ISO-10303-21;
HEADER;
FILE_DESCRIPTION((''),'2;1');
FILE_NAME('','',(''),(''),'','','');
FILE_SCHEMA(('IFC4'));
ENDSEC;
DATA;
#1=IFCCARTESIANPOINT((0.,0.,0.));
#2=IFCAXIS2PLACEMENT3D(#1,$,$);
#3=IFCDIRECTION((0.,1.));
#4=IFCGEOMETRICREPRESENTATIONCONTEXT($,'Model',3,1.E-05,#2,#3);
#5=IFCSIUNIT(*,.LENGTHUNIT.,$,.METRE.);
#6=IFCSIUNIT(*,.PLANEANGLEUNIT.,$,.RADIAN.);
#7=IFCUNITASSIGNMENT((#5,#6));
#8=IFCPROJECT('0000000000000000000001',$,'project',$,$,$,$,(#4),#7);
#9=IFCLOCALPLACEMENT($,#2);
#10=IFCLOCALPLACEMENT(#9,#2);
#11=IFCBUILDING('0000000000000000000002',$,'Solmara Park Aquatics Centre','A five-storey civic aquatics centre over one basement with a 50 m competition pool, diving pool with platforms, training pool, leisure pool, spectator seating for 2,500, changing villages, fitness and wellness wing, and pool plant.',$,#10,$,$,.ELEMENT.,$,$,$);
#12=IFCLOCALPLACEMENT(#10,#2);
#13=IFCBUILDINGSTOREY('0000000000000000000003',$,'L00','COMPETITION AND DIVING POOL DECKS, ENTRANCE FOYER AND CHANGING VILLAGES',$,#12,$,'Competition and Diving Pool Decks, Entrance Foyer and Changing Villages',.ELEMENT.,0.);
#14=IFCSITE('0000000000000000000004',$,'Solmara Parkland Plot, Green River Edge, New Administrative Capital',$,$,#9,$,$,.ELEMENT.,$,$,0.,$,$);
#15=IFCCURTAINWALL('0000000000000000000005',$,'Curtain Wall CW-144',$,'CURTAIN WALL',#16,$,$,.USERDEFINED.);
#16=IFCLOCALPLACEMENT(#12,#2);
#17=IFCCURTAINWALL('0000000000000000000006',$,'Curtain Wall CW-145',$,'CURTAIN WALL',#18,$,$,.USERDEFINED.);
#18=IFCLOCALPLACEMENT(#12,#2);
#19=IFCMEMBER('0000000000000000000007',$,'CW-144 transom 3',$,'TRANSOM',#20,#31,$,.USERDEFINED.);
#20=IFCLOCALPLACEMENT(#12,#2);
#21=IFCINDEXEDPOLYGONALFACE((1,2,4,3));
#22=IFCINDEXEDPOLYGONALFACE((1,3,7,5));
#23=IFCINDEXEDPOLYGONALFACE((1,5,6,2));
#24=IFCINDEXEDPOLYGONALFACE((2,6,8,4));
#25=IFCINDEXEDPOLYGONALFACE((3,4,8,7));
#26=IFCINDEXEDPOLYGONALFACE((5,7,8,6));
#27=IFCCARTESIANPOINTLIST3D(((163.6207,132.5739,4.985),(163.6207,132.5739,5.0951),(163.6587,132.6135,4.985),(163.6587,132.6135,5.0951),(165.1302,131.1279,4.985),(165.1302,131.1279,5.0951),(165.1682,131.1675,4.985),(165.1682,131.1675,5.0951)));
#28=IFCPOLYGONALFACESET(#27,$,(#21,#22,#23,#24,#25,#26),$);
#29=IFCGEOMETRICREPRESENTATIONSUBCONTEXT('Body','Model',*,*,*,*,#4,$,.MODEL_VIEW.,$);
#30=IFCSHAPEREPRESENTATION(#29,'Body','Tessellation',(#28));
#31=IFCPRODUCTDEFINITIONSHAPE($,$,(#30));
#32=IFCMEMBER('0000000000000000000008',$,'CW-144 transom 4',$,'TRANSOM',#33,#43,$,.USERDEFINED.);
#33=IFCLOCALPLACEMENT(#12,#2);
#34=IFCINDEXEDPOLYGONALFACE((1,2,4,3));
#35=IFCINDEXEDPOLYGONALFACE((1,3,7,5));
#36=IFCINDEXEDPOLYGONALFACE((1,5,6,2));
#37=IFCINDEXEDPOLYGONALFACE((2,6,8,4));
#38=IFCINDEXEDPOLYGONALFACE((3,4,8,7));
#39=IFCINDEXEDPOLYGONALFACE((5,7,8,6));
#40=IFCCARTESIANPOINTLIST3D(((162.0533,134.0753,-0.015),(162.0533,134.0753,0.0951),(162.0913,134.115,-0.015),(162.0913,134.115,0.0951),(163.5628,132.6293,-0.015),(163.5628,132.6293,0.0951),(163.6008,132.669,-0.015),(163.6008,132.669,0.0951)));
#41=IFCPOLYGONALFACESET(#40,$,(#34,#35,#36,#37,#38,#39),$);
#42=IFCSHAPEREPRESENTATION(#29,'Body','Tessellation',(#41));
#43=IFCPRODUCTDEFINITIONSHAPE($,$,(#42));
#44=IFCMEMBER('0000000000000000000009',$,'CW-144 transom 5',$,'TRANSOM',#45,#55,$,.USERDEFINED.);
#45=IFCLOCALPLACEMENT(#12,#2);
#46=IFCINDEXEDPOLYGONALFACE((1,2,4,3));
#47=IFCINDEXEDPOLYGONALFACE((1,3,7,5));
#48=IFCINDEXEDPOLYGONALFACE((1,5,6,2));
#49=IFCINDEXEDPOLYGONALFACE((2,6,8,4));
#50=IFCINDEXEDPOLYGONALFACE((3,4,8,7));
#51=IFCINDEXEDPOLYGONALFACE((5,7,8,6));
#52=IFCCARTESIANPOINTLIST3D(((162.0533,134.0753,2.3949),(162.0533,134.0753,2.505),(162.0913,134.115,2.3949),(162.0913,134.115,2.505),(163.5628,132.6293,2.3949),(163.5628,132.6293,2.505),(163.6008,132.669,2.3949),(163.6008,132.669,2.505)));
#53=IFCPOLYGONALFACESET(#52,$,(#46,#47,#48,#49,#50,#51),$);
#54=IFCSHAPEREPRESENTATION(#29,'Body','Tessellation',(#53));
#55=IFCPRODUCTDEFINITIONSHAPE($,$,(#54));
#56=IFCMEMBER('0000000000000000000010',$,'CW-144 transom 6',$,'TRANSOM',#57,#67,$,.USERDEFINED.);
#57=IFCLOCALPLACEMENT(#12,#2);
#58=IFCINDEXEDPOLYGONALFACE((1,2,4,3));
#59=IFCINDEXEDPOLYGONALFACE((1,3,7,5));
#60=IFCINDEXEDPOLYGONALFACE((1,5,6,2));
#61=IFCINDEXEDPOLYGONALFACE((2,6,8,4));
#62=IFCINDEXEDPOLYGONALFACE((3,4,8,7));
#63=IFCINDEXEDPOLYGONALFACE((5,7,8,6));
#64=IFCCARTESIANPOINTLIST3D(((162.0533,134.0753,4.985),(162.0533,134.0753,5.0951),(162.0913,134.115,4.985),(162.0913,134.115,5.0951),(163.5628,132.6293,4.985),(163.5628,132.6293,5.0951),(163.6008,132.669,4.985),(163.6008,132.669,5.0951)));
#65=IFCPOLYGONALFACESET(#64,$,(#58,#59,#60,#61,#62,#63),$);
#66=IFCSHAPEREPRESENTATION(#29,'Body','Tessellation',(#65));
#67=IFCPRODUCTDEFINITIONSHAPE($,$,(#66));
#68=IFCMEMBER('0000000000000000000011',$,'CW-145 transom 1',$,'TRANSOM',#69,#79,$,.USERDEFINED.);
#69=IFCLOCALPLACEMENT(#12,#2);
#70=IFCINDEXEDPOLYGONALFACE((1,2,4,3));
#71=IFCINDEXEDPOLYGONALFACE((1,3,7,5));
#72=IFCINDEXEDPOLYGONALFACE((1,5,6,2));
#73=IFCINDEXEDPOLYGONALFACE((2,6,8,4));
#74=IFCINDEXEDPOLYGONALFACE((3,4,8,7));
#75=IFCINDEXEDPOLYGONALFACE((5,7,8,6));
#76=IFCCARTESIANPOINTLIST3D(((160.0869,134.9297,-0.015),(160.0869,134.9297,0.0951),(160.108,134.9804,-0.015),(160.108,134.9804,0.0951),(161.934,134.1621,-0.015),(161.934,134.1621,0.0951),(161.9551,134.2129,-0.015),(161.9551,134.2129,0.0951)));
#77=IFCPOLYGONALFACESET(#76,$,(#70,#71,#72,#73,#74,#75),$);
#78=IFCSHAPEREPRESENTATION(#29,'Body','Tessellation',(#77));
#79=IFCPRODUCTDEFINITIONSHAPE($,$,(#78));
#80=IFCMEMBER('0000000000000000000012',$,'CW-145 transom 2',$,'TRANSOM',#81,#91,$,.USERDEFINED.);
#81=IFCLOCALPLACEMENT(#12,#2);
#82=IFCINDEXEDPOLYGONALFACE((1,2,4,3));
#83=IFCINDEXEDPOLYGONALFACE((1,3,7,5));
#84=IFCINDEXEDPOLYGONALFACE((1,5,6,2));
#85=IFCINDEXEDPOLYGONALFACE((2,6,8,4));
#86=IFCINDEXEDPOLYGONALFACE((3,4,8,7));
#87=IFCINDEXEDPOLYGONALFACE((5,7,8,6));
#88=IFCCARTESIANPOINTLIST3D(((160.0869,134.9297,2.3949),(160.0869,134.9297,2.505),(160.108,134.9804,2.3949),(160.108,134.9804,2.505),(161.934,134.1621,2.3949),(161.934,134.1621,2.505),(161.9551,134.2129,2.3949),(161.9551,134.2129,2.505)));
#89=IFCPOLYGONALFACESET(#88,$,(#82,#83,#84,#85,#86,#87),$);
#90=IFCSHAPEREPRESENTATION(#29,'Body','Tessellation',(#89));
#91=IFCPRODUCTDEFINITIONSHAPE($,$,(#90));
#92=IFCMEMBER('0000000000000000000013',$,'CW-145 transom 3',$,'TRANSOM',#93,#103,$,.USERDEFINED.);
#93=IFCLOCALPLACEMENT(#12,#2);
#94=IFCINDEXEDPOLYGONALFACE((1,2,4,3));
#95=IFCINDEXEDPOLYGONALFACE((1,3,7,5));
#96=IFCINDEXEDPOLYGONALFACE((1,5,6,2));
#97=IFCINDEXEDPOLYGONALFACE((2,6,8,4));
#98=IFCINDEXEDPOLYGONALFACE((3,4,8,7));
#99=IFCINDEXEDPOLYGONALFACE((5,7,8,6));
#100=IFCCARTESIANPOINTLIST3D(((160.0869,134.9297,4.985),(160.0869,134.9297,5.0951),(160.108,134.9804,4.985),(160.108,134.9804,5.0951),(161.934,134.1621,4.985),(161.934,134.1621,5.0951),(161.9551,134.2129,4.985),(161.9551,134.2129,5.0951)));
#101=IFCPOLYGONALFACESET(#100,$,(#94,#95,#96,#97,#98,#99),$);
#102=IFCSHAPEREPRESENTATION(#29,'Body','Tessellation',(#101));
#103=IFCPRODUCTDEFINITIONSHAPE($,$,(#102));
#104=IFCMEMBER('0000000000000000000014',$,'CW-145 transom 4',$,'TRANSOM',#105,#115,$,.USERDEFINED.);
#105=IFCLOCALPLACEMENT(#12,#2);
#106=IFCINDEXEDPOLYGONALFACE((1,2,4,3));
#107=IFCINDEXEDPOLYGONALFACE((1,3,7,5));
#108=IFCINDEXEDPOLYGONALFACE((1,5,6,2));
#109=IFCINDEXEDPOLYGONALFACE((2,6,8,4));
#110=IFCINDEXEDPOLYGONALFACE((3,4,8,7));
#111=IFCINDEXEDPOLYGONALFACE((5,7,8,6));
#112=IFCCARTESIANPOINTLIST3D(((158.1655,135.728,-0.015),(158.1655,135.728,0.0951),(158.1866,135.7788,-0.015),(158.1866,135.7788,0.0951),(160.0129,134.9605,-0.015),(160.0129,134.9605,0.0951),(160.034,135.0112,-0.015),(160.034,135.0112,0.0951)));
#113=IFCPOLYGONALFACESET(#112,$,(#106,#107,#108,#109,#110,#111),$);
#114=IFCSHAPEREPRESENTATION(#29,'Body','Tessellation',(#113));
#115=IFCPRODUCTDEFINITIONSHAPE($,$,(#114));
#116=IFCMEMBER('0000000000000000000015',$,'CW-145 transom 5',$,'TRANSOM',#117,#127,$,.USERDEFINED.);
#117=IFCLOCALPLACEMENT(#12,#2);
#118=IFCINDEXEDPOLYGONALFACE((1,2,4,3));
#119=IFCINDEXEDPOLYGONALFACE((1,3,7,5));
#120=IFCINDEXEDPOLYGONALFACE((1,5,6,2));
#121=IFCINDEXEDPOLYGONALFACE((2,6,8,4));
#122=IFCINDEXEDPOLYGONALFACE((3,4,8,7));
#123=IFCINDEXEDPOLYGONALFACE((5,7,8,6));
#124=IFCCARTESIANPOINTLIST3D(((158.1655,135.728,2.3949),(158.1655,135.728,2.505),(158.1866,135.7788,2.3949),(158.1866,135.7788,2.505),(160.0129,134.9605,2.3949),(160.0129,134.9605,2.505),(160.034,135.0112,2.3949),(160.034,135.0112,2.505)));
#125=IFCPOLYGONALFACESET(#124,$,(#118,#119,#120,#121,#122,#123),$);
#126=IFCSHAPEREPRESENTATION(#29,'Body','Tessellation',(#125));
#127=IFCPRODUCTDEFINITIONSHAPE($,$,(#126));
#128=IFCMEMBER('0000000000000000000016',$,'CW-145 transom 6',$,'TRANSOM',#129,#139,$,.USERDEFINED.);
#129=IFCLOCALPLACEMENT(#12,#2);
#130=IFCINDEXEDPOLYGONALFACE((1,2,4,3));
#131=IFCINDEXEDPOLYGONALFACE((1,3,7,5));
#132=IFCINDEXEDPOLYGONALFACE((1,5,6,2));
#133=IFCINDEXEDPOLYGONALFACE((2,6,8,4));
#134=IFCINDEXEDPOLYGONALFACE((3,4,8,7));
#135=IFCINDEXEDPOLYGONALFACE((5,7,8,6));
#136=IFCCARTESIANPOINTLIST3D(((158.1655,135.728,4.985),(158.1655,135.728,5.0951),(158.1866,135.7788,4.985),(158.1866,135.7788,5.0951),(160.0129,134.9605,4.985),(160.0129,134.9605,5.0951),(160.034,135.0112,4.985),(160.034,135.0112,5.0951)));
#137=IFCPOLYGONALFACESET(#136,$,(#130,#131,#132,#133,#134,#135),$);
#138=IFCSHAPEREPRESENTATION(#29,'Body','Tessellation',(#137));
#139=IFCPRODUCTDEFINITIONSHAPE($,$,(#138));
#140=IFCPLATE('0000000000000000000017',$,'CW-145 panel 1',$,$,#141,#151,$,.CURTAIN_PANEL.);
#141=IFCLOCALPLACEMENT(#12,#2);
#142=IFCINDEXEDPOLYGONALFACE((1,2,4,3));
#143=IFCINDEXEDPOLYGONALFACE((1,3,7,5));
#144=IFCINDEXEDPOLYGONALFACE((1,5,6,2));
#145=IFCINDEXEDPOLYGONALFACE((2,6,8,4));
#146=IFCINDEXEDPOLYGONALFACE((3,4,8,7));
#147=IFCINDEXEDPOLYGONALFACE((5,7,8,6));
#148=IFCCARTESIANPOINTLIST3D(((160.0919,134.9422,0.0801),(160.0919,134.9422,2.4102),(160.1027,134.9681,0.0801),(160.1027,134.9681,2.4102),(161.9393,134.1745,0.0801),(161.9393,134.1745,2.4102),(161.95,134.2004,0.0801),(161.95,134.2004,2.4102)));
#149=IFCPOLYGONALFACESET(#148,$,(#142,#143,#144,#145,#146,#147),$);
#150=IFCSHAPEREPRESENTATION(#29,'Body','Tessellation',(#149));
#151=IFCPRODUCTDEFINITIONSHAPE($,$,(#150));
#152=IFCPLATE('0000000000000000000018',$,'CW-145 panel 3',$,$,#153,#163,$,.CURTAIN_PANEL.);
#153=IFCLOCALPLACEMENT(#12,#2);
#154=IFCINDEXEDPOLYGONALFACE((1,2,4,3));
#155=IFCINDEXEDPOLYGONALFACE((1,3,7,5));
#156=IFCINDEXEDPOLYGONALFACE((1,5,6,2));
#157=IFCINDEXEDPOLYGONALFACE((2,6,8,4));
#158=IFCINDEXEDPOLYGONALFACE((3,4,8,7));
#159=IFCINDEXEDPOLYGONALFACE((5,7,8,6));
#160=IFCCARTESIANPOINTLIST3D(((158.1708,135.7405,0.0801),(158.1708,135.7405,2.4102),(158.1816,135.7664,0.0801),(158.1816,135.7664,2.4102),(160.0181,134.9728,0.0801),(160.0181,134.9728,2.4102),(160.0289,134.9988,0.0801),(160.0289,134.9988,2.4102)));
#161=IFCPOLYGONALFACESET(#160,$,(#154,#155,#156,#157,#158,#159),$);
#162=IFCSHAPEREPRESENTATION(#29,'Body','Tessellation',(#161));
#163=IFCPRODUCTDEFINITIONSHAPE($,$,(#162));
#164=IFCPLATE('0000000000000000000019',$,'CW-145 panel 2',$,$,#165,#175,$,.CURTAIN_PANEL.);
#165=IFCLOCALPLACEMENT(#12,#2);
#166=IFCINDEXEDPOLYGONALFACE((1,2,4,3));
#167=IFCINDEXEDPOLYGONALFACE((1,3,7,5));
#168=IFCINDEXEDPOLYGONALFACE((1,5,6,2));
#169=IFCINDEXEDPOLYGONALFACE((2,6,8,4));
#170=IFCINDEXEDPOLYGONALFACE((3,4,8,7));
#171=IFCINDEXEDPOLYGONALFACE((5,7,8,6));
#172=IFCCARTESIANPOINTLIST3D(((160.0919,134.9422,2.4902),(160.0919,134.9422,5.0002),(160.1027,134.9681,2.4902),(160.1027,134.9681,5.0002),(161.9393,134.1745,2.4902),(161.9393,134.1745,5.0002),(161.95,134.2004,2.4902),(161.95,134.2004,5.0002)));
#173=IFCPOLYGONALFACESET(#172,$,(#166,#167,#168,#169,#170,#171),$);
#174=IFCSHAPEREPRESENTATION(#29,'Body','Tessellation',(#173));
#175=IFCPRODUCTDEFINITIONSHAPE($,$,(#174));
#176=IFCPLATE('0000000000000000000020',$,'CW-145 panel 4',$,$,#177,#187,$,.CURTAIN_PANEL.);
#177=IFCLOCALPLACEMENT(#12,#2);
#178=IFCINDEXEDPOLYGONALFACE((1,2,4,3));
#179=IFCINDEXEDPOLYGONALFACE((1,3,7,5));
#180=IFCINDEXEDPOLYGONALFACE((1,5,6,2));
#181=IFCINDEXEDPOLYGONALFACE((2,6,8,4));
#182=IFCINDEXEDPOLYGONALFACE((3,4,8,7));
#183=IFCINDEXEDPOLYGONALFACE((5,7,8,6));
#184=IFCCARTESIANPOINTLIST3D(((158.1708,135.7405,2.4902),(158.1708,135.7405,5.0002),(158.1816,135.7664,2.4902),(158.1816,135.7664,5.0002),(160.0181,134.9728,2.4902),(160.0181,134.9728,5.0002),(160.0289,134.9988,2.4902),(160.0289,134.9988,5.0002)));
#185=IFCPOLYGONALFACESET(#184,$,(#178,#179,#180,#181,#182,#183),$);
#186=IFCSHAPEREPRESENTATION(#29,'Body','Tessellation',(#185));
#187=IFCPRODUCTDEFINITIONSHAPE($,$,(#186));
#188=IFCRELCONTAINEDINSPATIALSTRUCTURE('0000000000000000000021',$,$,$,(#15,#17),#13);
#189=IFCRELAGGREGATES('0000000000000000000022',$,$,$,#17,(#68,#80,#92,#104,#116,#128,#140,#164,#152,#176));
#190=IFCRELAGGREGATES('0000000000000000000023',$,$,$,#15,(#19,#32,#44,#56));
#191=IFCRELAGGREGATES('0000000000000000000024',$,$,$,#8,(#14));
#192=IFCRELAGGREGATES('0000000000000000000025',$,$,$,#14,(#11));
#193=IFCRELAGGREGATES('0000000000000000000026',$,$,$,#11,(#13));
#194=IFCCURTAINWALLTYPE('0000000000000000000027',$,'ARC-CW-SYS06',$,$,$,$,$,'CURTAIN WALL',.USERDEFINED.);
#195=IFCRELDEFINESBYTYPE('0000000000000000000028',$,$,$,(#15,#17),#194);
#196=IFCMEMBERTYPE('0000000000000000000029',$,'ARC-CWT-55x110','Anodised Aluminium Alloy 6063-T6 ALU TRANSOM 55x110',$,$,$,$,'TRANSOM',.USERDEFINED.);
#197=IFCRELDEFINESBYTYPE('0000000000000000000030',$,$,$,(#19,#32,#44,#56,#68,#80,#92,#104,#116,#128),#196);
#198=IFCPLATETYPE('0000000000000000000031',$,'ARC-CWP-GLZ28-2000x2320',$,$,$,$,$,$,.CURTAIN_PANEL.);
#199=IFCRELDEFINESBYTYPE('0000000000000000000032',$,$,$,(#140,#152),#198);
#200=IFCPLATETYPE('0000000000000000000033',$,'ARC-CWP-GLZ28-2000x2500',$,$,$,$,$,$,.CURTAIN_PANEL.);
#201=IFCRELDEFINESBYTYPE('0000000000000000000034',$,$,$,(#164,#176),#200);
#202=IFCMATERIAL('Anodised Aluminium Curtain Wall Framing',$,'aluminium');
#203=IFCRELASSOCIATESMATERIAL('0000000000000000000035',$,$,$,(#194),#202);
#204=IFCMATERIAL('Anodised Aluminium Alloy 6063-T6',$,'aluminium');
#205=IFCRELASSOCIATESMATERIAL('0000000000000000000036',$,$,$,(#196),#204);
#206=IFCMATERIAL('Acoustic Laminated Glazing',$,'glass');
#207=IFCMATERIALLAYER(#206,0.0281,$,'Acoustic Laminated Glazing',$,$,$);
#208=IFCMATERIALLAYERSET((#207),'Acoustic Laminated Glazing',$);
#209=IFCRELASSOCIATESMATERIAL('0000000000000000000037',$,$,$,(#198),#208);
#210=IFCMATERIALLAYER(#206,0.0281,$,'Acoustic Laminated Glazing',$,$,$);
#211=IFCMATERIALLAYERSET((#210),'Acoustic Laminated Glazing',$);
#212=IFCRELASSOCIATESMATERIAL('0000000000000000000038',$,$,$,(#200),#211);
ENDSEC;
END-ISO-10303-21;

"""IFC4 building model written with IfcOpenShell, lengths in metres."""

from ifc_helpers import new_model, si_unit, direction, frame, origin, origin_2d, place, context, subcontext, project, spatial, rectangle, extrude, material, layer, layer_set, material_profile, profile_set, type_object, element, aggregate, save


model = new_model("IFC4")

# Units and contexts
model_context = context("Model", 3, precision=1e-05, world=origin(), true_north=direction((0.0, 1.0)))
body_context = subcontext(model_context, "Body", "Model", "MODEL_VIEW")
ifc_project = project(units=[si_unit("LENGTHUNIT", "METRE"), si_unit("PLANEANGLEUNIT", "RADIAN")], contexts=[model_context])

# Site, building, storey
site_placement = place(None, origin())
site = spatial("IfcSite", under=ifc_project, at=site_placement, Name="Solmara Parkland Plot, Green River Edge, New Administrative Capital", CompositionType="ELEMENT", RefElevation=0.0)
building_placement = place(site_placement, origin())
building = spatial("IfcBuilding", under=site, at=building_placement, Name="Solmara Park Aquatics Centre", Description="A five-storey civic aquatics centre over one basement with a 50 m competition pool, diving pool with platforms, training pool, leisure pool, spectator seating for 2,500, changing villages, fitness and wellness wing, and pool plant.", CompositionType="ELEMENT")
storey_placement = place(building_placement, origin())
storey = spatial("IfcBuildingStorey", under=building, at=storey_placement, Name="L00", Description="COMPETITION AND DIVING POOL DECKS, ENTRANCE FOYER AND CHANGING VILLAGES", LongName="Competition and Diving Pool Decks, Entrance Foyer and Changing Villages", CompositionType="ELEMENT", Elevation=0.0)

# Curtain walls
ifc_material_1 = material(Name="Anodised Aluminium Curtain Wall Framing", Category="aluminium")
curtain_wall_type = type_object("IfcCurtainWallType", Name="ARC-CW-SYS06", ElementType="CURTAIN WALL", PredefinedType="USERDEFINED", material=ifc_material_1)
ifc_material_2 = material(Name="Anodised Aluminium Alloy 6063-T6", Category="aluminium")
curtain_wall_1_placement = place(storey_placement, origin())
curtain_wall_1 = element("IfcCurtainWall", 1, at=curtain_wall_1_placement, inside=storey, type_object=curtain_wall_type, Name="Curtain Wall CW-144", ObjectType="CURTAIN WALL", PredefinedType="USERDEFINED")
curtain_wall_2_placement = place(storey_placement, origin())
curtain_wall_2 = element("IfcCurtainWall", 2, at=curtain_wall_2_placement, inside=storey, type_object=curtain_wall_type, Name="Curtain Wall CW-145", ObjectType="CURTAIN WALL", PredefinedType="USERDEFINED")

# Members
ifc_material_profile_1 = material_profile(ifc_material_2, rectangle(XDim=0.0549, YDim=0.1101, at=origin_2d()), Name="ALU TRANSOM 55x110")
ifc_profile_set_1 = profile_set([ifc_material_profile_1], Name="Anodised Aluminium Alloy 6063-T6")
member_type_1 = type_object("IfcMemberType", Name="ARC-CWT-55x110", Description="Anodised Aluminium Alloy 6063-T6 ALU TRANSOM 55x110", ElementType="TRANSOM", PredefinedType="USERDEFINED", material=ifc_profile_set_1)
member_1_placement = place(storey_placement, frame((165.1492, 131.1477, 5.04), z_axis=(-0.722127, 0.691761, 0.0), x_axis=(-0.691761, -0.722127, 0.0)))
member_1 = element("IfcMember", 3, at=member_1_placement, type_object=member_type_1, Name="CW-144 transom 3", ObjectType="TRANSOM", PredefinedType="USERDEFINED", context=body_context, shape_type="SweptSolid", body=[
    extrude(rectangle(XDim=0.0549, YDim=0.1101, at=origin_2d()), origin(), (0.0, 0.0, 1.0), 2.0903),
])
member_2_placement = place(storey_placement, frame((163.5818, 132.6492, 0.04), z_axis=(-0.722127, 0.691761, 0.0), x_axis=(-0.691761, -0.722127, 0.0)))
member_2 = element("IfcMember", 4, at=member_2_placement, type_object=member_type_1, Name="CW-144 transom 4", ObjectType="TRANSOM", PredefinedType="USERDEFINED", context=body_context, shape_type="SweptSolid", body=[
    extrude(rectangle(XDim=0.0549, YDim=0.1101, at=origin_2d()), origin(), (0.0, 0.0, 1.0), 2.0903),
])
member_3_placement = place(storey_placement, frame((163.5818, 132.6492, 2.45), z_axis=(-0.722127, 0.691761, 0.0), x_axis=(-0.691761, -0.722127, 0.0)))
member_3 = element("IfcMember", 5, at=member_3_placement, type_object=member_type_1, Name="CW-144 transom 5", ObjectType="TRANSOM", PredefinedType="USERDEFINED", context=body_context, shape_type="SweptSolid", body=[
    extrude(rectangle(XDim=0.0549, YDim=0.1101, at=origin_2d()), origin(), (0.0, 0.0, 1.0), 2.0903),
])
member_4_placement = place(storey_placement, frame((163.5818, 132.6492, 5.04), z_axis=(-0.722127, 0.691761, 0.0), x_axis=(-0.691761, -0.722127, 0.0)))
member_4 = element("IfcMember", 6, at=member_4_placement, type_object=member_type_1, Name="CW-144 transom 6", ObjectType="TRANSOM", PredefinedType="USERDEFINED", context=body_context, shape_type="SweptSolid", body=[
    extrude(rectangle(XDim=0.0549, YDim=0.1101, at=origin_2d()), origin(), (0.0, 0.0, 1.0), 2.0903),
])
member_5_placement = place(storey_placement, frame((161.9446, 134.1875, 0.04), z_axis=(-0.923445, 0.383731, 0.0), x_axis=(-0.383731, -0.923445, 0.0)))
member_5 = element("IfcMember", 7, at=member_5_placement, type_object=member_type_1, Name="CW-145 transom 1", ObjectType="TRANSOM", PredefinedType="USERDEFINED", context=body_context, shape_type="SweptSolid", body=[
    extrude(rectangle(XDim=0.0549, YDim=0.1101, at=origin_2d()), origin(), (0.0, 0.0, 1.0), 2.0002),
])
member_6_placement = place(storey_placement, frame((161.9446, 134.1875, 2.45), z_axis=(-0.923445, 0.383731, 0.0), x_axis=(-0.383731, -0.923445, 0.0)))
member_6 = element("IfcMember", 8, at=member_6_placement, type_object=member_type_1, Name="CW-145 transom 2", ObjectType="TRANSOM", PredefinedType="USERDEFINED", context=body_context, shape_type="SweptSolid", body=[
    extrude(rectangle(XDim=0.0549, YDim=0.1101, at=origin_2d()), origin(), (0.0, 0.0, 1.0), 2.0002),
])
member_7_placement = place(storey_placement, frame((161.9446, 134.1875, 5.04), z_axis=(-0.923445, 0.383731, 0.0), x_axis=(-0.383731, -0.923445, 0.0)))
member_7 = element("IfcMember", 9, at=member_7_placement, type_object=member_type_1, Name="CW-145 transom 3", ObjectType="TRANSOM", PredefinedType="USERDEFINED", context=body_context, shape_type="SweptSolid", body=[
    extrude(rectangle(XDim=0.0549, YDim=0.1101, at=origin_2d()), origin(), (0.0, 0.0, 1.0), 2.0002),
])
member_8_placement = place(storey_placement, frame((160.0234, 134.9858, 0.04), z_axis=(-0.923463, 0.383688, 0.0), x_axis=(-0.383688, -0.923463, 0.0)))
member_8 = element("IfcMember", 10, at=member_8_placement, type_object=member_type_1, Name="CW-145 transom 4", ObjectType="TRANSOM", PredefinedType="USERDEFINED", context=body_context, shape_type="SweptSolid", body=[
    extrude(rectangle(XDim=0.0549, YDim=0.1101, at=origin_2d()), origin(), (0.0, 0.0, 1.0), 2.0005),
])
member_9_placement = place(storey_placement, frame((160.0234, 134.9858, 2.45), z_axis=(-0.923463, 0.383688, 0.0), x_axis=(-0.383688, -0.923463, 0.0)))
member_9 = element("IfcMember", 11, at=member_9_placement, type_object=member_type_1, Name="CW-145 transom 5", ObjectType="TRANSOM", PredefinedType="USERDEFINED", context=body_context, shape_type="SweptSolid", body=[
    extrude(rectangle(XDim=0.0549, YDim=0.1101, at=origin_2d()), origin(), (0.0, 0.0, 1.0), 2.0005),
])
member_10_placement = place(storey_placement, frame((160.0234, 134.9858, 5.04), z_axis=(-0.923463, 0.383688, 0.0), x_axis=(-0.383688, -0.923463, 0.0)))
member_10 = element("IfcMember", 12, at=member_10_placement, type_object=member_type_1, Name="CW-145 transom 6", ObjectType="TRANSOM", PredefinedType="USERDEFINED", context=body_context, shape_type="SweptSolid", body=[
    extrude(rectangle(XDim=0.0549, YDim=0.1101, at=origin_2d()), origin(), (0.0, 0.0, 1.0), 2.0005),
])

# Plates
ifc_material_3 = material(Name="Acoustic Laminated Glazing", Category="glass")
ifc_layer_1 = layer(ifc_material_3, 0.0281, Name="Acoustic Laminated Glazing")
ifc_layer_set_1 = layer_set([ifc_layer_1], Name="Acoustic Laminated Glazing")
plate_type_1 = type_object("IfcPlateType", Name="ARC-CWP-GLZ28-2000x2320", PredefinedType="CURTAIN_PANEL", material=ifc_layer_set_1)
plate_1_placement = place(storey_placement, frame((161.021, 134.5713, 0.0801), z_axis=(0.0, 0.0, 1.0), x_axis=(-0.923441, 0.383741, 0.0)))
plate_1 = element("IfcPlate", 13, at=plate_1_placement, type_object=plate_type_1, Name="CW-145 panel 1", PredefinedType="CURTAIN_PANEL", context=body_context, shape_type="SweptSolid", body=[
    extrude(rectangle(XDim=2.0005, YDim=0.0281, at=origin_2d()), origin(), (0.0, 0.0, 1.0), 2.3301),
])
plate_2_placement = place(storey_placement, frame((159.0999, 135.3696, 0.0801), z_axis=(0.0, 0.0, 1.0), x_axis=(-0.923441, 0.383741, 0.0)))
plate_2 = element("IfcPlate", 14, at=plate_2_placement, type_object=plate_type_1, Name="CW-145 panel 3", PredefinedType="CURTAIN_PANEL", context=body_context, shape_type="SweptSolid", body=[
    extrude(rectangle(XDim=2.0005, YDim=0.0281, at=origin_2d()), origin(), (0.0, 0.0, 1.0), 2.3301),
])
ifc_layer_2 = layer(ifc_material_3, 0.0281, Name="Acoustic Laminated Glazing")
ifc_layer_set_2 = layer_set([ifc_layer_2], Name="Acoustic Laminated Glazing")
plate_type_2 = type_object("IfcPlateType", Name="ARC-CWP-GLZ28-2000x2500", PredefinedType="CURTAIN_PANEL", material=ifc_layer_set_2)
plate_3_placement = place(storey_placement, frame((161.021, 134.5713, 2.4902), z_axis=(0.0, 0.0, 1.0), x_axis=(-0.923441, 0.383741, 0.0)))
plate_3 = element("IfcPlate", 15, at=plate_3_placement, type_object=plate_type_2, Name="CW-145 panel 2", PredefinedType="CURTAIN_PANEL", context=body_context, shape_type="SweptSolid", body=[
    extrude(rectangle(XDim=2.0005, YDim=0.0281, at=origin_2d()), origin(), (0.0, 0.0, 1.0), 2.51),
])
plate_4_placement = place(storey_placement, frame((159.0999, 135.3696, 2.4902), z_axis=(0.0, 0.0, 1.0), x_axis=(-0.923441, 0.383741, 0.0)))
plate_4 = element("IfcPlate", 16, at=plate_4_placement, type_object=plate_type_2, Name="CW-145 panel 4", PredefinedType="CURTAIN_PANEL", context=body_context, shape_type="SweptSolid", body=[
    extrude(rectangle(XDim=2.0005, YDim=0.0281, at=origin_2d()), origin(), (0.0, 0.0, 1.0), 2.51),
])
aggregate(curtain_wall_2, [member_5, member_6, member_7, member_8, member_9, member_10, plate_1, plate_3, plate_2, plate_4])
aggregate(curtain_wall_1, [member_1, member_2, member_3, member_4])

save(model, "model.ifc")
